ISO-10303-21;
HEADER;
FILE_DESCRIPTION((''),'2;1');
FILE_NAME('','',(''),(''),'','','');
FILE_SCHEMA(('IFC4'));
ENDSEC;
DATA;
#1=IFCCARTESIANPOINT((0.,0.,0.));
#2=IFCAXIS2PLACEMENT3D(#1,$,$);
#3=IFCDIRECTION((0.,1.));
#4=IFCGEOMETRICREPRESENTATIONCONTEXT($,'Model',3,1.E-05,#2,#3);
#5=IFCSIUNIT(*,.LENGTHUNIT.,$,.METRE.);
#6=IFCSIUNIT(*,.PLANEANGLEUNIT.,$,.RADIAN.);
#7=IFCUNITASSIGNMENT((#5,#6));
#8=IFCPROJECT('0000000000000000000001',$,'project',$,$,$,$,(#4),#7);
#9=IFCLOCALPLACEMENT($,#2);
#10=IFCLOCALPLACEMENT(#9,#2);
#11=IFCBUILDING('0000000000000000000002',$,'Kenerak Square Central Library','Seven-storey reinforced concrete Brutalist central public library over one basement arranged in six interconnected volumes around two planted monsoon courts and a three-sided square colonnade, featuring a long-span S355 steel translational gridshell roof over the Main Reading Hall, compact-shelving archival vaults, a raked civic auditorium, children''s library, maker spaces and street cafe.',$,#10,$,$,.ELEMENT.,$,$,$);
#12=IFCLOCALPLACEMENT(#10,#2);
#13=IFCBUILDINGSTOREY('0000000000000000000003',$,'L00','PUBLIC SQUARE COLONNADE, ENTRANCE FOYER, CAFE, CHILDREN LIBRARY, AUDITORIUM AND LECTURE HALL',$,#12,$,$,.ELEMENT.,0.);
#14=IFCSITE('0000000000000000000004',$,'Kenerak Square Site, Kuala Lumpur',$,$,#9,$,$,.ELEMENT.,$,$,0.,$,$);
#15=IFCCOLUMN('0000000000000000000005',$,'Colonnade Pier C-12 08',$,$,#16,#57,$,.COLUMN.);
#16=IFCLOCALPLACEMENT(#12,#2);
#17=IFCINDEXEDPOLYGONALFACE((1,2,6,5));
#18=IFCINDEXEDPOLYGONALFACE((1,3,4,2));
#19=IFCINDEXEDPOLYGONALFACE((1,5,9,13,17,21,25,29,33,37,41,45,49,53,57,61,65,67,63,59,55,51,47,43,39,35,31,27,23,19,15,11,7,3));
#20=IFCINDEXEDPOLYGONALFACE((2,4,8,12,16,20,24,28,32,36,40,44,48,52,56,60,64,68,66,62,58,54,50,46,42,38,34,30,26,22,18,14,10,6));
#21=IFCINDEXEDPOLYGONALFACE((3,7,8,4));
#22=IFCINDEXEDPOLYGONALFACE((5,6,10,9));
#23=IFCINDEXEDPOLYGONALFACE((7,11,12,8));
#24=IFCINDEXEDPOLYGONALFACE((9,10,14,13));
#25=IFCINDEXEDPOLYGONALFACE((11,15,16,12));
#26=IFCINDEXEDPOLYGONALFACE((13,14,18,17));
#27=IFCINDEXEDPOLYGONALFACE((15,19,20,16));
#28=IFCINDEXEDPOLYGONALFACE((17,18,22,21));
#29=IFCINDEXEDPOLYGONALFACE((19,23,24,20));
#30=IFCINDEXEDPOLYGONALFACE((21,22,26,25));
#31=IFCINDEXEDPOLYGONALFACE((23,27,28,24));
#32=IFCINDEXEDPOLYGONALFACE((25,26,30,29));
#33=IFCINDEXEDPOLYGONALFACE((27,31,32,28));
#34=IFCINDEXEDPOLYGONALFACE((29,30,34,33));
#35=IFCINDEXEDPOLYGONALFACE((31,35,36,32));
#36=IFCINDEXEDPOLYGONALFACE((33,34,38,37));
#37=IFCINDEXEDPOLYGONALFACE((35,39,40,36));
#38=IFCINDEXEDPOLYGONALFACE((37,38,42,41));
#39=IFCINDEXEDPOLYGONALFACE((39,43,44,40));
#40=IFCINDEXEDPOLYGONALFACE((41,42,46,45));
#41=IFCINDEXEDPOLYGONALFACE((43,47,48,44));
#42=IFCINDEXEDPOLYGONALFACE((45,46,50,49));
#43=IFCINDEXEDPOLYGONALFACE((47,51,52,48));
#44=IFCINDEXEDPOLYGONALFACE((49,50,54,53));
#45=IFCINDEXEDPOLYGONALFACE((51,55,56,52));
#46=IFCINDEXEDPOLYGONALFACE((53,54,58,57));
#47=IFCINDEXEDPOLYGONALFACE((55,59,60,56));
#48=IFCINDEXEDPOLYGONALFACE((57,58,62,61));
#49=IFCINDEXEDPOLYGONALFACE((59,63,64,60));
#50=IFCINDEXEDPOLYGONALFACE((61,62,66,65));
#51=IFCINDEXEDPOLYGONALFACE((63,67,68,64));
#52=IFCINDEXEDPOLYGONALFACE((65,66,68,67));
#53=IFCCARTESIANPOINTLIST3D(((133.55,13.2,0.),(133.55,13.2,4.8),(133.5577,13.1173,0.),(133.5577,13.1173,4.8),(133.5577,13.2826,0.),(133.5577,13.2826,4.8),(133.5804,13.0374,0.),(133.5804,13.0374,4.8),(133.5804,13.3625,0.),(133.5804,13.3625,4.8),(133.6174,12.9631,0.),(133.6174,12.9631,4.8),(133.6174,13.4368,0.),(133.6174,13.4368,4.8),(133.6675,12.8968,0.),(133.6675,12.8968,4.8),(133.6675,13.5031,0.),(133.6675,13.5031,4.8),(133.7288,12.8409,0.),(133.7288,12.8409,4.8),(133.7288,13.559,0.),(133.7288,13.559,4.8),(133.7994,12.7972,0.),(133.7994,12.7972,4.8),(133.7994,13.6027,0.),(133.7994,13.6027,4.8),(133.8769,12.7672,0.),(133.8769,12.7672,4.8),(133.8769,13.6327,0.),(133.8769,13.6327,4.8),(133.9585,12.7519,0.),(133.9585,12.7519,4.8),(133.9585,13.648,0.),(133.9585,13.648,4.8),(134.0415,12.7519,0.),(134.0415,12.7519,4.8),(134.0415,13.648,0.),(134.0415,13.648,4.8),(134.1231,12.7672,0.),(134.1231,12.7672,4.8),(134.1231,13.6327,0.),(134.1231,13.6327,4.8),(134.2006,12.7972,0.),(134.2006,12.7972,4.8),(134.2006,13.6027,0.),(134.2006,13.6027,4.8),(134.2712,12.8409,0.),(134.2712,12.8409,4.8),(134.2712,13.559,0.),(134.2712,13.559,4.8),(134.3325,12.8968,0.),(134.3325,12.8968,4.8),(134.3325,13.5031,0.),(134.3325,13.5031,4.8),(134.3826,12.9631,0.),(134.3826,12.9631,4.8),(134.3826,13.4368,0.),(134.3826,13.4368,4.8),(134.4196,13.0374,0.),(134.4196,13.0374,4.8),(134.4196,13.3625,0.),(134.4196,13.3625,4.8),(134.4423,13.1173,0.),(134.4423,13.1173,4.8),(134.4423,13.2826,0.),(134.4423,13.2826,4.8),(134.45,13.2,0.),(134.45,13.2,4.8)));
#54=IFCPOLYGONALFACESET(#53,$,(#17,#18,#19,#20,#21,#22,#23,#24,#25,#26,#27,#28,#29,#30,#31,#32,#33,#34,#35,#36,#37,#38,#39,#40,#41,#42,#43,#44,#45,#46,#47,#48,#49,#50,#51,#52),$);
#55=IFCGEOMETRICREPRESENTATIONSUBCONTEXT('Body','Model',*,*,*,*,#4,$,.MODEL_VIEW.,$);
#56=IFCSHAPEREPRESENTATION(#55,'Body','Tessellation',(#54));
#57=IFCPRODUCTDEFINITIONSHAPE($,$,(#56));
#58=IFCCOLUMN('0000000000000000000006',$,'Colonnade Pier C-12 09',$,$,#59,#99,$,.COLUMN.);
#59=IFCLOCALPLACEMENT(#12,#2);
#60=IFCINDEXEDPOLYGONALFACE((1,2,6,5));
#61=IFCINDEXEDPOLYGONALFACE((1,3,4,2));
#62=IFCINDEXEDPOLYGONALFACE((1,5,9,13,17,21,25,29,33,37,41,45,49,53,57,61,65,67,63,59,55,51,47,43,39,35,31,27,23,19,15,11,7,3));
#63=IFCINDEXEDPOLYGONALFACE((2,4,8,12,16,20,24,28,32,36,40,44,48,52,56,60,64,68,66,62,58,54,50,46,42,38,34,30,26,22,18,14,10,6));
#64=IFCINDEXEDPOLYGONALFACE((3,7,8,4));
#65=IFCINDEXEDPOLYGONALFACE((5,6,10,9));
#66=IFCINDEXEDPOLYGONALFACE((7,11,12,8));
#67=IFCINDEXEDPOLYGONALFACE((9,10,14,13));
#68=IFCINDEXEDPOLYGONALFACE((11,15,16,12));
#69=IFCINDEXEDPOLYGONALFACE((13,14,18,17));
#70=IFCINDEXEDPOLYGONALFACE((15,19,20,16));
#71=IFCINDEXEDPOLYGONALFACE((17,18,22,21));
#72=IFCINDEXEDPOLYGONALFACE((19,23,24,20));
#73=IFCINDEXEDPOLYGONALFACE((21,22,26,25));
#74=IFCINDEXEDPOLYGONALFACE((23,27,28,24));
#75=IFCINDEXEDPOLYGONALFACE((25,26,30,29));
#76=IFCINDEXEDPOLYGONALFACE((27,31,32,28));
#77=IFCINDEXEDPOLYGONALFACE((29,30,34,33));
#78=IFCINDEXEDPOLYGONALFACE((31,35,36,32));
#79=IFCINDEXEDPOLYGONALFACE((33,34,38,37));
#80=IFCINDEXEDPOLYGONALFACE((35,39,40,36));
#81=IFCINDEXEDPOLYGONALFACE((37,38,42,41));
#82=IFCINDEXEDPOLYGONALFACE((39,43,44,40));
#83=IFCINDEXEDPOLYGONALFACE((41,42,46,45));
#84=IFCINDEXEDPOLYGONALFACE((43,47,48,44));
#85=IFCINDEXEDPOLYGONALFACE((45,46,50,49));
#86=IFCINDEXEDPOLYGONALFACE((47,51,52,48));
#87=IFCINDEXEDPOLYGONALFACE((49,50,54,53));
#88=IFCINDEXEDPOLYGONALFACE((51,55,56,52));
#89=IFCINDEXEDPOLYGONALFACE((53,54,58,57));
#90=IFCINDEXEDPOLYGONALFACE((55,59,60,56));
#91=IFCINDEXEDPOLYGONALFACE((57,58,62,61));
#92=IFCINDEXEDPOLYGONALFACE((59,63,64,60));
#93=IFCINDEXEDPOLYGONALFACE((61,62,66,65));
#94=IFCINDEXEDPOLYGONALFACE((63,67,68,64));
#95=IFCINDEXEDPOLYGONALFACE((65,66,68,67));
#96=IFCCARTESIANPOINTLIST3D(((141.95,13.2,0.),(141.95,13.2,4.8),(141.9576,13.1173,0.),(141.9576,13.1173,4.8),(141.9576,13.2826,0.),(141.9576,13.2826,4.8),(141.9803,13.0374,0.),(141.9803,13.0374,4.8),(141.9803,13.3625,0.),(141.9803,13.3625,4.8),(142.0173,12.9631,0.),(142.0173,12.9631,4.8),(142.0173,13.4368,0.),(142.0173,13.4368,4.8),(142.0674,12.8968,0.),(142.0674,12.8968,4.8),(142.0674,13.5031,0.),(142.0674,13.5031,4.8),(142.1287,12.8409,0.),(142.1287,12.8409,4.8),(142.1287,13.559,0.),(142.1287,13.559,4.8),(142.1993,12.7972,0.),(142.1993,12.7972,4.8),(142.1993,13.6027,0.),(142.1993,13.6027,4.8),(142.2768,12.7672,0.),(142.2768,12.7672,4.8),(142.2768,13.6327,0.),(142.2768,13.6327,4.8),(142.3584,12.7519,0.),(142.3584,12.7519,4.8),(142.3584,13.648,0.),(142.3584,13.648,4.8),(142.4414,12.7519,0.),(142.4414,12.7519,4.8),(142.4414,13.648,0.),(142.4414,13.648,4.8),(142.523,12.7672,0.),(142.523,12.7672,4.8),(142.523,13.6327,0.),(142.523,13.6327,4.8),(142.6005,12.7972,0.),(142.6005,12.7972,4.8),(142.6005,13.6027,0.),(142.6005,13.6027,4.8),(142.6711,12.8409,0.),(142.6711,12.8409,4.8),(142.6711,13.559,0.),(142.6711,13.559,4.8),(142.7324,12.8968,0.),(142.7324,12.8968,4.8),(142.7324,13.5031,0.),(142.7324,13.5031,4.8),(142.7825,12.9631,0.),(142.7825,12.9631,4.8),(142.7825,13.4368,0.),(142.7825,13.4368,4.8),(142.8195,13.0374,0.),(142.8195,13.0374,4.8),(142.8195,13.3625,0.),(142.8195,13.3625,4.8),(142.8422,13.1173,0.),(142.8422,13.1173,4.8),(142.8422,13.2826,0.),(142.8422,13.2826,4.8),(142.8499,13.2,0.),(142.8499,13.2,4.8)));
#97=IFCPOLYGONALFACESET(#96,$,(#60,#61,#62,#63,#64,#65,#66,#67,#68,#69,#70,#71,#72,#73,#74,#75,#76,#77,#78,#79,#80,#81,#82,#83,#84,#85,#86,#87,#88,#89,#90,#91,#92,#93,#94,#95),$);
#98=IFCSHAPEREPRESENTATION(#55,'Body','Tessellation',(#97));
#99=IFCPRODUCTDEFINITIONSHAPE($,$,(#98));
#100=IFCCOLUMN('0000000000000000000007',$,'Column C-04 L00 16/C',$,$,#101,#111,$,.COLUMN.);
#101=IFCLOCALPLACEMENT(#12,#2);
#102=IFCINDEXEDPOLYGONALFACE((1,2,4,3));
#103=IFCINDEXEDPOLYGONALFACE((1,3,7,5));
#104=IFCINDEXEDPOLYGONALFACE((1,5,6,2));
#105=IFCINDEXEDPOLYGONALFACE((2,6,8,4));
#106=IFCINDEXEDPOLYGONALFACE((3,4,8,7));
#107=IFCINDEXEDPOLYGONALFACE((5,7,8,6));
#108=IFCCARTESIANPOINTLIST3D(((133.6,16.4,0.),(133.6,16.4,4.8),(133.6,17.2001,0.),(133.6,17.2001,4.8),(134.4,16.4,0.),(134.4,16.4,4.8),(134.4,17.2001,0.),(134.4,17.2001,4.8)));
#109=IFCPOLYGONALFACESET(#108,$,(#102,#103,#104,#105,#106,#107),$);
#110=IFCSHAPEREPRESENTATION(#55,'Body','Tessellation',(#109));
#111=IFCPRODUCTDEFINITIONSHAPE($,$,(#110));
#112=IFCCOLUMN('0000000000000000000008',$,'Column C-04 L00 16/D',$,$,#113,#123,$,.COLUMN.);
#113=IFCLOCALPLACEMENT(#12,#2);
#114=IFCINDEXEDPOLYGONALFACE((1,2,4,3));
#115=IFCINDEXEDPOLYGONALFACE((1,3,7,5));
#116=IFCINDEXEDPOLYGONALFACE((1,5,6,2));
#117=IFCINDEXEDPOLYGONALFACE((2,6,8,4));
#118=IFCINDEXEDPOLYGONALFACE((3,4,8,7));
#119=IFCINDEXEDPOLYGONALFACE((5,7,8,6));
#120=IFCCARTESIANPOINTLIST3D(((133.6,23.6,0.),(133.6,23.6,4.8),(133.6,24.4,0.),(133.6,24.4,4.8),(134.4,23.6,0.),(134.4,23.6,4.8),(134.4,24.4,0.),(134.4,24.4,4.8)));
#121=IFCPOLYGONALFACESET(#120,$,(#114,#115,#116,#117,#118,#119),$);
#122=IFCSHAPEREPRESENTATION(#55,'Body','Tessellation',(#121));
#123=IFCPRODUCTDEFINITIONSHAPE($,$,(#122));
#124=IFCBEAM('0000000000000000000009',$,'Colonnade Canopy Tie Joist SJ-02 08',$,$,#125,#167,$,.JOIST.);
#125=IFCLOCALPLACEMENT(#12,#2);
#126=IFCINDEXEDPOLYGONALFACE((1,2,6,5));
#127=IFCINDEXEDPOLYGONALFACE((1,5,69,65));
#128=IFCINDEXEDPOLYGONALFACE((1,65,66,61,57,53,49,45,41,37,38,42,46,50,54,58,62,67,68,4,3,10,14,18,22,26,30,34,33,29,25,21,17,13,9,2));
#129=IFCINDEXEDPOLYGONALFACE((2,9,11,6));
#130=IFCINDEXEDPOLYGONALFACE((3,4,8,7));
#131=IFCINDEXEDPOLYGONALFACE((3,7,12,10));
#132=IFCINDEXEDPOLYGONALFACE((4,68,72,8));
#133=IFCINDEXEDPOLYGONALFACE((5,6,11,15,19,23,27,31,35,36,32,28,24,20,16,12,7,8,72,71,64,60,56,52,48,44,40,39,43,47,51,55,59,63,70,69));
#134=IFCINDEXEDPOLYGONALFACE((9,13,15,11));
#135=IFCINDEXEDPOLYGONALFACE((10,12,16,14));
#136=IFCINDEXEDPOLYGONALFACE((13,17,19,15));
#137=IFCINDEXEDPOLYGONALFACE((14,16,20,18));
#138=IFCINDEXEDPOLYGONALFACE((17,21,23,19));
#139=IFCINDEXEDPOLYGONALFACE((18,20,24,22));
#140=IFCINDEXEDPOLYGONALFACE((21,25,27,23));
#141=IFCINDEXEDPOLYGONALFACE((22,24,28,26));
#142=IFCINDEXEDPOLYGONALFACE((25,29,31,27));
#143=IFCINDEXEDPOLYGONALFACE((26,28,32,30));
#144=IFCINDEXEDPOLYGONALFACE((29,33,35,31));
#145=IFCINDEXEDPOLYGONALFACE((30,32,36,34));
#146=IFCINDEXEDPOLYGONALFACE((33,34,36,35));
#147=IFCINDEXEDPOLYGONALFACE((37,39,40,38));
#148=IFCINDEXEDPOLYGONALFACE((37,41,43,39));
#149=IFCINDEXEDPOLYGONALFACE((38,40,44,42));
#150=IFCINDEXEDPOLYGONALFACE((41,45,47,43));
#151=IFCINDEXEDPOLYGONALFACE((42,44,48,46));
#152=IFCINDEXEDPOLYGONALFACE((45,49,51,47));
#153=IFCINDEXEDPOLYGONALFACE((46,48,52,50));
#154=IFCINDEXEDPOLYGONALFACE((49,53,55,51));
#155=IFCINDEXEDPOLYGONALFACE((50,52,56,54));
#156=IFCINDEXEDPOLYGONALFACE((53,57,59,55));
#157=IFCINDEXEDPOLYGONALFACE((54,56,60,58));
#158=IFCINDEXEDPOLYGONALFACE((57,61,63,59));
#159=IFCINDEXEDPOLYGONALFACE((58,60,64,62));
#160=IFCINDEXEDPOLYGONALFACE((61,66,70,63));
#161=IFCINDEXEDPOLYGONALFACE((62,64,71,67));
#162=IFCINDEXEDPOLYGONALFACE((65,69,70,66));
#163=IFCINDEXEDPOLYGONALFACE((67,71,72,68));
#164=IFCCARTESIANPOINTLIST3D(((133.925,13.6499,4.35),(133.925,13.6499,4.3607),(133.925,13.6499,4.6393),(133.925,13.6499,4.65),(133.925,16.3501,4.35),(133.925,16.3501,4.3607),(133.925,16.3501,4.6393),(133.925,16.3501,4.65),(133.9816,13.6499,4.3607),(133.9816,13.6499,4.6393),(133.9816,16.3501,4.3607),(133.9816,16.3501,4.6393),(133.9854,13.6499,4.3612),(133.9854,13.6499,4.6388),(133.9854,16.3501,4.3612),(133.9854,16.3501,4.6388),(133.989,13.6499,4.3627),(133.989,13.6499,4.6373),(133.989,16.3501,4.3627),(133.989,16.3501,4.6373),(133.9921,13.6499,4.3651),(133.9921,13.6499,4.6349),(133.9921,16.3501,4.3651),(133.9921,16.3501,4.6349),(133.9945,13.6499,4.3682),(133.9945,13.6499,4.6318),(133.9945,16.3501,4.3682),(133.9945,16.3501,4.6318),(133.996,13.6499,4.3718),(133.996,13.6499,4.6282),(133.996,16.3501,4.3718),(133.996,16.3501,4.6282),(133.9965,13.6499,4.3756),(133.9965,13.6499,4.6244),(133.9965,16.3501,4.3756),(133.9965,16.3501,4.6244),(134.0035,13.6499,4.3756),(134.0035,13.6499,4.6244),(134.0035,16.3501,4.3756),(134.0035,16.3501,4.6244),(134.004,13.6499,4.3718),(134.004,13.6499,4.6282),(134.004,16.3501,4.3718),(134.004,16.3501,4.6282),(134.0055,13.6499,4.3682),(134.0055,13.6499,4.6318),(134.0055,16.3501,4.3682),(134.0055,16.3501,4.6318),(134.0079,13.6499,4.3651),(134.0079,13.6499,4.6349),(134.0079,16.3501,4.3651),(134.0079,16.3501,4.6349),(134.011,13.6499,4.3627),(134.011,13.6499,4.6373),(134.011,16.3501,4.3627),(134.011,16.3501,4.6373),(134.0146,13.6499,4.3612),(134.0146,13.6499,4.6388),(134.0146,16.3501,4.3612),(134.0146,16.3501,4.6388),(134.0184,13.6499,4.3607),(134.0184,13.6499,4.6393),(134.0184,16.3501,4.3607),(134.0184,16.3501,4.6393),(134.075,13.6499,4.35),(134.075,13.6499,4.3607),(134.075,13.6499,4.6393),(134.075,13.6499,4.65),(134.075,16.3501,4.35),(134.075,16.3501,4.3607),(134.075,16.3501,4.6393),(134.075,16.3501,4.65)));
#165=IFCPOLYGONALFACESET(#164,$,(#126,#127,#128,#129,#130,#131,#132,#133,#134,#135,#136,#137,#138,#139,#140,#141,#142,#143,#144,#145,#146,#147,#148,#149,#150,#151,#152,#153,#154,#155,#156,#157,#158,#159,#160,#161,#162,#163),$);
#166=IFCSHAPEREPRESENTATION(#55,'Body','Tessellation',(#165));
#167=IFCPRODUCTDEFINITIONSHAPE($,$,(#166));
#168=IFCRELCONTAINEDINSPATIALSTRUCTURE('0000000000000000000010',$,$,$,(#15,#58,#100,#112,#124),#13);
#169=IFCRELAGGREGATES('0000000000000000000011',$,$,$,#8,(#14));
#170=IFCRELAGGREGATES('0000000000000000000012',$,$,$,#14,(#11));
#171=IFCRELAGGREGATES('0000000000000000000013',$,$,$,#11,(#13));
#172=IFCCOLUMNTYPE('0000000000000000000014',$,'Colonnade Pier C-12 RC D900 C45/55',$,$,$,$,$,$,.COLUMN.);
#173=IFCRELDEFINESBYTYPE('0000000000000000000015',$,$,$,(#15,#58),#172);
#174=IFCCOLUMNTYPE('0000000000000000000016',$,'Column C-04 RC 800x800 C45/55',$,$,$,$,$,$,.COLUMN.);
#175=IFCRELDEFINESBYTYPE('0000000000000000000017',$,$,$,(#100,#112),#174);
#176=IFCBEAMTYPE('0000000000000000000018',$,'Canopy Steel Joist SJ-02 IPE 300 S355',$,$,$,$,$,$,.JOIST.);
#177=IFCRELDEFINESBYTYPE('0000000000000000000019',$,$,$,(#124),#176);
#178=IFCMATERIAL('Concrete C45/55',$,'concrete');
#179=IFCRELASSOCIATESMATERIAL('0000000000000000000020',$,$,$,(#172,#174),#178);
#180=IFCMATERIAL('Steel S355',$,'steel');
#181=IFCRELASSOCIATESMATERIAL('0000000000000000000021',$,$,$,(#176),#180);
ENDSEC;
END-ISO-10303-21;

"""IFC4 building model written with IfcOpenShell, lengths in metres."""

from ifc_helpers import new_model, si_unit, direction, frame, origin, origin_2d, place, context, subcontext, project, spatial, rectangle, circle, i_section, extrude, material, material_profile, profile_set, type_object, element, save


model = new_model("IFC4")

# Units and contexts
model_context = context("Model", 3, precision=1e-05, world=origin(), true_north=direction((0.0, 1.0)))
body_context = subcontext(model_context, "Body", "Model", "MODEL_VIEW")
ifc_project = project(units=[si_unit("LENGTHUNIT", "METRE"), si_unit("PLANEANGLEUNIT", "RADIAN")], contexts=[model_context])

# Site, building, storey
site_placement = place(None, origin())
site = spatial("IfcSite", under=ifc_project, at=site_placement, Name="Kenerak Square Site, Kuala Lumpur", CompositionType="ELEMENT", RefElevation=0.0)
building_placement = place(site_placement, origin())
building = spatial("IfcBuilding", under=site, at=building_placement, Name="Kenerak Square Central Library", Description="Seven-storey reinforced concrete Brutalist central public library over one basement arranged in six interconnected volumes around two planted monsoon courts and a three-sided square colonnade, featuring a long-span S355 steel translational gridshell roof over the Main Reading Hall, compact-shelving archival vaults, a raked civic auditorium, children's library, maker spaces and street cafe.", CompositionType="ELEMENT")
storey_placement = place(building_placement, origin())
storey = spatial("IfcBuildingStorey", under=building, at=storey_placement, Name="L00", Description="PUBLIC SQUARE COLONNADE, ENTRANCE FOYER, CAFE, CHILDREN LIBRARY, AUDITORIUM AND LECTURE HALL", CompositionType="ELEMENT", Elevation=0.0)

# Columns
ifc_material_1 = material(Name="Concrete C45/55", Category="concrete")
ifc_material_profile_1 = material_profile(ifc_material_1, circle(Radius=0.45, at=origin_2d()), Name="RC D900")
ifc_profile_set_1 = profile_set([ifc_material_profile_1], Name="Concrete C45/55")
column_type_1 = type_object("IfcColumnType", Name="Colonnade Pier C-12 RC D900 C45/55", PredefinedType="COLUMN", material=ifc_profile_set_1)
for number, where, z_axis, x_axis, name in (
    (1, (134.0, 13.2, 0.0), (0.0, 0.0, 1.0), (1.0, 0.0, 0.0), "Colonnade Pier C-12 08"),
    (2, (142.3999, 13.2, 0.0), (0.0, 0.0, 1.0), (1.0, 0.0, 0.0), "Colonnade Pier C-12 09"),
):
    element("IfcColumn", number, at=place(storey_placement, frame(where, z_axis=z_axis, x_axis=x_axis)), inside=storey, type_object=column_type_1, Name=name, PredefinedType="COLUMN", context=body_context, shape_type="SweptSolid", body=[
        extrude(circle(Radius=0.45, at=origin_2d()), origin(), (0.0, 0.0, 1.0), 4.8),
    ])
ifc_material_profile_2 = material_profile(ifc_material_1, rectangle(XDim=0.8, YDim=0.8, at=origin_2d()), Name="RC 800x800")
ifc_profile_set_2 = profile_set([ifc_material_profile_2], Name="Concrete C45/55")
column_type_2 = type_object("IfcColumnType", Name="Column C-04 RC 800x800 C45/55", PredefinedType="COLUMN", material=ifc_profile_set_2)
for number, where, z_axis, x_axis, name in (
    (3, (134.0, 16.8, 0.0), (0.0, 0.0, 1.0), (1.0, 0.0, 0.0), "Column C-04 L00 16/C"),
    (4, (134.0, 24.0, 0.0), (0.0, 0.0, 1.0), (1.0, 0.0, 0.0), "Column C-04 L00 16/D"),
):
    element("IfcColumn", number, at=place(storey_placement, frame(where, z_axis=z_axis, x_axis=x_axis)), inside=storey, type_object=column_type_2, Name=name, PredefinedType="COLUMN", context=body_context, shape_type="SweptSolid", body=[
        extrude(rectangle(XDim=0.8, YDim=0.8, at=origin_2d()), origin(), (0.0, 0.0, 1.0), 4.8),
    ])

# Beam
ifc_material_2 = material(Name="Steel S355", Category="steel")
ifc_material_profile_3 = material_profile(ifc_material_2, i_section(OverallWidth=0.1499, OverallDepth=0.3, WebThickness=0.0071, FlangeThickness=0.0107, FilletRadius=0.0149, at=origin_2d()), Name="IPE 300")
ifc_profile_set_3 = profile_set([ifc_material_profile_3], Name="Steel S355")
beam_type_1 = type_object("IfcBeamType", Name="Canopy Steel Joist SJ-02 IPE 300 S355", PredefinedType="JOIST", material=ifc_profile_set_3)
for number, where, z_axis, x_axis, name in (
    (5, (134.0, 13.6499, 4.5), (0.0, 1.0, 0.0), (-1.0, 0.0, 0.0), "Colonnade Canopy Tie Joist SJ-02 08"),
):
    element("IfcBeam", number, at=place(storey_placement, frame(where, z_axis=z_axis, x_axis=x_axis)), inside=storey, type_object=beam_type_1, Name=name, PredefinedType="JOIST", context=body_context, shape_type="SweptSolid", body=[
        extrude(i_section(OverallWidth=0.1499, OverallDepth=0.3, WebThickness=0.0071, FlangeThickness=0.0107, FilletRadius=0.0149, at=origin_2d()), origin(), (0.0, 0.0, 1.0), 2.7002),
    ])

save(model, "model.ifc")
